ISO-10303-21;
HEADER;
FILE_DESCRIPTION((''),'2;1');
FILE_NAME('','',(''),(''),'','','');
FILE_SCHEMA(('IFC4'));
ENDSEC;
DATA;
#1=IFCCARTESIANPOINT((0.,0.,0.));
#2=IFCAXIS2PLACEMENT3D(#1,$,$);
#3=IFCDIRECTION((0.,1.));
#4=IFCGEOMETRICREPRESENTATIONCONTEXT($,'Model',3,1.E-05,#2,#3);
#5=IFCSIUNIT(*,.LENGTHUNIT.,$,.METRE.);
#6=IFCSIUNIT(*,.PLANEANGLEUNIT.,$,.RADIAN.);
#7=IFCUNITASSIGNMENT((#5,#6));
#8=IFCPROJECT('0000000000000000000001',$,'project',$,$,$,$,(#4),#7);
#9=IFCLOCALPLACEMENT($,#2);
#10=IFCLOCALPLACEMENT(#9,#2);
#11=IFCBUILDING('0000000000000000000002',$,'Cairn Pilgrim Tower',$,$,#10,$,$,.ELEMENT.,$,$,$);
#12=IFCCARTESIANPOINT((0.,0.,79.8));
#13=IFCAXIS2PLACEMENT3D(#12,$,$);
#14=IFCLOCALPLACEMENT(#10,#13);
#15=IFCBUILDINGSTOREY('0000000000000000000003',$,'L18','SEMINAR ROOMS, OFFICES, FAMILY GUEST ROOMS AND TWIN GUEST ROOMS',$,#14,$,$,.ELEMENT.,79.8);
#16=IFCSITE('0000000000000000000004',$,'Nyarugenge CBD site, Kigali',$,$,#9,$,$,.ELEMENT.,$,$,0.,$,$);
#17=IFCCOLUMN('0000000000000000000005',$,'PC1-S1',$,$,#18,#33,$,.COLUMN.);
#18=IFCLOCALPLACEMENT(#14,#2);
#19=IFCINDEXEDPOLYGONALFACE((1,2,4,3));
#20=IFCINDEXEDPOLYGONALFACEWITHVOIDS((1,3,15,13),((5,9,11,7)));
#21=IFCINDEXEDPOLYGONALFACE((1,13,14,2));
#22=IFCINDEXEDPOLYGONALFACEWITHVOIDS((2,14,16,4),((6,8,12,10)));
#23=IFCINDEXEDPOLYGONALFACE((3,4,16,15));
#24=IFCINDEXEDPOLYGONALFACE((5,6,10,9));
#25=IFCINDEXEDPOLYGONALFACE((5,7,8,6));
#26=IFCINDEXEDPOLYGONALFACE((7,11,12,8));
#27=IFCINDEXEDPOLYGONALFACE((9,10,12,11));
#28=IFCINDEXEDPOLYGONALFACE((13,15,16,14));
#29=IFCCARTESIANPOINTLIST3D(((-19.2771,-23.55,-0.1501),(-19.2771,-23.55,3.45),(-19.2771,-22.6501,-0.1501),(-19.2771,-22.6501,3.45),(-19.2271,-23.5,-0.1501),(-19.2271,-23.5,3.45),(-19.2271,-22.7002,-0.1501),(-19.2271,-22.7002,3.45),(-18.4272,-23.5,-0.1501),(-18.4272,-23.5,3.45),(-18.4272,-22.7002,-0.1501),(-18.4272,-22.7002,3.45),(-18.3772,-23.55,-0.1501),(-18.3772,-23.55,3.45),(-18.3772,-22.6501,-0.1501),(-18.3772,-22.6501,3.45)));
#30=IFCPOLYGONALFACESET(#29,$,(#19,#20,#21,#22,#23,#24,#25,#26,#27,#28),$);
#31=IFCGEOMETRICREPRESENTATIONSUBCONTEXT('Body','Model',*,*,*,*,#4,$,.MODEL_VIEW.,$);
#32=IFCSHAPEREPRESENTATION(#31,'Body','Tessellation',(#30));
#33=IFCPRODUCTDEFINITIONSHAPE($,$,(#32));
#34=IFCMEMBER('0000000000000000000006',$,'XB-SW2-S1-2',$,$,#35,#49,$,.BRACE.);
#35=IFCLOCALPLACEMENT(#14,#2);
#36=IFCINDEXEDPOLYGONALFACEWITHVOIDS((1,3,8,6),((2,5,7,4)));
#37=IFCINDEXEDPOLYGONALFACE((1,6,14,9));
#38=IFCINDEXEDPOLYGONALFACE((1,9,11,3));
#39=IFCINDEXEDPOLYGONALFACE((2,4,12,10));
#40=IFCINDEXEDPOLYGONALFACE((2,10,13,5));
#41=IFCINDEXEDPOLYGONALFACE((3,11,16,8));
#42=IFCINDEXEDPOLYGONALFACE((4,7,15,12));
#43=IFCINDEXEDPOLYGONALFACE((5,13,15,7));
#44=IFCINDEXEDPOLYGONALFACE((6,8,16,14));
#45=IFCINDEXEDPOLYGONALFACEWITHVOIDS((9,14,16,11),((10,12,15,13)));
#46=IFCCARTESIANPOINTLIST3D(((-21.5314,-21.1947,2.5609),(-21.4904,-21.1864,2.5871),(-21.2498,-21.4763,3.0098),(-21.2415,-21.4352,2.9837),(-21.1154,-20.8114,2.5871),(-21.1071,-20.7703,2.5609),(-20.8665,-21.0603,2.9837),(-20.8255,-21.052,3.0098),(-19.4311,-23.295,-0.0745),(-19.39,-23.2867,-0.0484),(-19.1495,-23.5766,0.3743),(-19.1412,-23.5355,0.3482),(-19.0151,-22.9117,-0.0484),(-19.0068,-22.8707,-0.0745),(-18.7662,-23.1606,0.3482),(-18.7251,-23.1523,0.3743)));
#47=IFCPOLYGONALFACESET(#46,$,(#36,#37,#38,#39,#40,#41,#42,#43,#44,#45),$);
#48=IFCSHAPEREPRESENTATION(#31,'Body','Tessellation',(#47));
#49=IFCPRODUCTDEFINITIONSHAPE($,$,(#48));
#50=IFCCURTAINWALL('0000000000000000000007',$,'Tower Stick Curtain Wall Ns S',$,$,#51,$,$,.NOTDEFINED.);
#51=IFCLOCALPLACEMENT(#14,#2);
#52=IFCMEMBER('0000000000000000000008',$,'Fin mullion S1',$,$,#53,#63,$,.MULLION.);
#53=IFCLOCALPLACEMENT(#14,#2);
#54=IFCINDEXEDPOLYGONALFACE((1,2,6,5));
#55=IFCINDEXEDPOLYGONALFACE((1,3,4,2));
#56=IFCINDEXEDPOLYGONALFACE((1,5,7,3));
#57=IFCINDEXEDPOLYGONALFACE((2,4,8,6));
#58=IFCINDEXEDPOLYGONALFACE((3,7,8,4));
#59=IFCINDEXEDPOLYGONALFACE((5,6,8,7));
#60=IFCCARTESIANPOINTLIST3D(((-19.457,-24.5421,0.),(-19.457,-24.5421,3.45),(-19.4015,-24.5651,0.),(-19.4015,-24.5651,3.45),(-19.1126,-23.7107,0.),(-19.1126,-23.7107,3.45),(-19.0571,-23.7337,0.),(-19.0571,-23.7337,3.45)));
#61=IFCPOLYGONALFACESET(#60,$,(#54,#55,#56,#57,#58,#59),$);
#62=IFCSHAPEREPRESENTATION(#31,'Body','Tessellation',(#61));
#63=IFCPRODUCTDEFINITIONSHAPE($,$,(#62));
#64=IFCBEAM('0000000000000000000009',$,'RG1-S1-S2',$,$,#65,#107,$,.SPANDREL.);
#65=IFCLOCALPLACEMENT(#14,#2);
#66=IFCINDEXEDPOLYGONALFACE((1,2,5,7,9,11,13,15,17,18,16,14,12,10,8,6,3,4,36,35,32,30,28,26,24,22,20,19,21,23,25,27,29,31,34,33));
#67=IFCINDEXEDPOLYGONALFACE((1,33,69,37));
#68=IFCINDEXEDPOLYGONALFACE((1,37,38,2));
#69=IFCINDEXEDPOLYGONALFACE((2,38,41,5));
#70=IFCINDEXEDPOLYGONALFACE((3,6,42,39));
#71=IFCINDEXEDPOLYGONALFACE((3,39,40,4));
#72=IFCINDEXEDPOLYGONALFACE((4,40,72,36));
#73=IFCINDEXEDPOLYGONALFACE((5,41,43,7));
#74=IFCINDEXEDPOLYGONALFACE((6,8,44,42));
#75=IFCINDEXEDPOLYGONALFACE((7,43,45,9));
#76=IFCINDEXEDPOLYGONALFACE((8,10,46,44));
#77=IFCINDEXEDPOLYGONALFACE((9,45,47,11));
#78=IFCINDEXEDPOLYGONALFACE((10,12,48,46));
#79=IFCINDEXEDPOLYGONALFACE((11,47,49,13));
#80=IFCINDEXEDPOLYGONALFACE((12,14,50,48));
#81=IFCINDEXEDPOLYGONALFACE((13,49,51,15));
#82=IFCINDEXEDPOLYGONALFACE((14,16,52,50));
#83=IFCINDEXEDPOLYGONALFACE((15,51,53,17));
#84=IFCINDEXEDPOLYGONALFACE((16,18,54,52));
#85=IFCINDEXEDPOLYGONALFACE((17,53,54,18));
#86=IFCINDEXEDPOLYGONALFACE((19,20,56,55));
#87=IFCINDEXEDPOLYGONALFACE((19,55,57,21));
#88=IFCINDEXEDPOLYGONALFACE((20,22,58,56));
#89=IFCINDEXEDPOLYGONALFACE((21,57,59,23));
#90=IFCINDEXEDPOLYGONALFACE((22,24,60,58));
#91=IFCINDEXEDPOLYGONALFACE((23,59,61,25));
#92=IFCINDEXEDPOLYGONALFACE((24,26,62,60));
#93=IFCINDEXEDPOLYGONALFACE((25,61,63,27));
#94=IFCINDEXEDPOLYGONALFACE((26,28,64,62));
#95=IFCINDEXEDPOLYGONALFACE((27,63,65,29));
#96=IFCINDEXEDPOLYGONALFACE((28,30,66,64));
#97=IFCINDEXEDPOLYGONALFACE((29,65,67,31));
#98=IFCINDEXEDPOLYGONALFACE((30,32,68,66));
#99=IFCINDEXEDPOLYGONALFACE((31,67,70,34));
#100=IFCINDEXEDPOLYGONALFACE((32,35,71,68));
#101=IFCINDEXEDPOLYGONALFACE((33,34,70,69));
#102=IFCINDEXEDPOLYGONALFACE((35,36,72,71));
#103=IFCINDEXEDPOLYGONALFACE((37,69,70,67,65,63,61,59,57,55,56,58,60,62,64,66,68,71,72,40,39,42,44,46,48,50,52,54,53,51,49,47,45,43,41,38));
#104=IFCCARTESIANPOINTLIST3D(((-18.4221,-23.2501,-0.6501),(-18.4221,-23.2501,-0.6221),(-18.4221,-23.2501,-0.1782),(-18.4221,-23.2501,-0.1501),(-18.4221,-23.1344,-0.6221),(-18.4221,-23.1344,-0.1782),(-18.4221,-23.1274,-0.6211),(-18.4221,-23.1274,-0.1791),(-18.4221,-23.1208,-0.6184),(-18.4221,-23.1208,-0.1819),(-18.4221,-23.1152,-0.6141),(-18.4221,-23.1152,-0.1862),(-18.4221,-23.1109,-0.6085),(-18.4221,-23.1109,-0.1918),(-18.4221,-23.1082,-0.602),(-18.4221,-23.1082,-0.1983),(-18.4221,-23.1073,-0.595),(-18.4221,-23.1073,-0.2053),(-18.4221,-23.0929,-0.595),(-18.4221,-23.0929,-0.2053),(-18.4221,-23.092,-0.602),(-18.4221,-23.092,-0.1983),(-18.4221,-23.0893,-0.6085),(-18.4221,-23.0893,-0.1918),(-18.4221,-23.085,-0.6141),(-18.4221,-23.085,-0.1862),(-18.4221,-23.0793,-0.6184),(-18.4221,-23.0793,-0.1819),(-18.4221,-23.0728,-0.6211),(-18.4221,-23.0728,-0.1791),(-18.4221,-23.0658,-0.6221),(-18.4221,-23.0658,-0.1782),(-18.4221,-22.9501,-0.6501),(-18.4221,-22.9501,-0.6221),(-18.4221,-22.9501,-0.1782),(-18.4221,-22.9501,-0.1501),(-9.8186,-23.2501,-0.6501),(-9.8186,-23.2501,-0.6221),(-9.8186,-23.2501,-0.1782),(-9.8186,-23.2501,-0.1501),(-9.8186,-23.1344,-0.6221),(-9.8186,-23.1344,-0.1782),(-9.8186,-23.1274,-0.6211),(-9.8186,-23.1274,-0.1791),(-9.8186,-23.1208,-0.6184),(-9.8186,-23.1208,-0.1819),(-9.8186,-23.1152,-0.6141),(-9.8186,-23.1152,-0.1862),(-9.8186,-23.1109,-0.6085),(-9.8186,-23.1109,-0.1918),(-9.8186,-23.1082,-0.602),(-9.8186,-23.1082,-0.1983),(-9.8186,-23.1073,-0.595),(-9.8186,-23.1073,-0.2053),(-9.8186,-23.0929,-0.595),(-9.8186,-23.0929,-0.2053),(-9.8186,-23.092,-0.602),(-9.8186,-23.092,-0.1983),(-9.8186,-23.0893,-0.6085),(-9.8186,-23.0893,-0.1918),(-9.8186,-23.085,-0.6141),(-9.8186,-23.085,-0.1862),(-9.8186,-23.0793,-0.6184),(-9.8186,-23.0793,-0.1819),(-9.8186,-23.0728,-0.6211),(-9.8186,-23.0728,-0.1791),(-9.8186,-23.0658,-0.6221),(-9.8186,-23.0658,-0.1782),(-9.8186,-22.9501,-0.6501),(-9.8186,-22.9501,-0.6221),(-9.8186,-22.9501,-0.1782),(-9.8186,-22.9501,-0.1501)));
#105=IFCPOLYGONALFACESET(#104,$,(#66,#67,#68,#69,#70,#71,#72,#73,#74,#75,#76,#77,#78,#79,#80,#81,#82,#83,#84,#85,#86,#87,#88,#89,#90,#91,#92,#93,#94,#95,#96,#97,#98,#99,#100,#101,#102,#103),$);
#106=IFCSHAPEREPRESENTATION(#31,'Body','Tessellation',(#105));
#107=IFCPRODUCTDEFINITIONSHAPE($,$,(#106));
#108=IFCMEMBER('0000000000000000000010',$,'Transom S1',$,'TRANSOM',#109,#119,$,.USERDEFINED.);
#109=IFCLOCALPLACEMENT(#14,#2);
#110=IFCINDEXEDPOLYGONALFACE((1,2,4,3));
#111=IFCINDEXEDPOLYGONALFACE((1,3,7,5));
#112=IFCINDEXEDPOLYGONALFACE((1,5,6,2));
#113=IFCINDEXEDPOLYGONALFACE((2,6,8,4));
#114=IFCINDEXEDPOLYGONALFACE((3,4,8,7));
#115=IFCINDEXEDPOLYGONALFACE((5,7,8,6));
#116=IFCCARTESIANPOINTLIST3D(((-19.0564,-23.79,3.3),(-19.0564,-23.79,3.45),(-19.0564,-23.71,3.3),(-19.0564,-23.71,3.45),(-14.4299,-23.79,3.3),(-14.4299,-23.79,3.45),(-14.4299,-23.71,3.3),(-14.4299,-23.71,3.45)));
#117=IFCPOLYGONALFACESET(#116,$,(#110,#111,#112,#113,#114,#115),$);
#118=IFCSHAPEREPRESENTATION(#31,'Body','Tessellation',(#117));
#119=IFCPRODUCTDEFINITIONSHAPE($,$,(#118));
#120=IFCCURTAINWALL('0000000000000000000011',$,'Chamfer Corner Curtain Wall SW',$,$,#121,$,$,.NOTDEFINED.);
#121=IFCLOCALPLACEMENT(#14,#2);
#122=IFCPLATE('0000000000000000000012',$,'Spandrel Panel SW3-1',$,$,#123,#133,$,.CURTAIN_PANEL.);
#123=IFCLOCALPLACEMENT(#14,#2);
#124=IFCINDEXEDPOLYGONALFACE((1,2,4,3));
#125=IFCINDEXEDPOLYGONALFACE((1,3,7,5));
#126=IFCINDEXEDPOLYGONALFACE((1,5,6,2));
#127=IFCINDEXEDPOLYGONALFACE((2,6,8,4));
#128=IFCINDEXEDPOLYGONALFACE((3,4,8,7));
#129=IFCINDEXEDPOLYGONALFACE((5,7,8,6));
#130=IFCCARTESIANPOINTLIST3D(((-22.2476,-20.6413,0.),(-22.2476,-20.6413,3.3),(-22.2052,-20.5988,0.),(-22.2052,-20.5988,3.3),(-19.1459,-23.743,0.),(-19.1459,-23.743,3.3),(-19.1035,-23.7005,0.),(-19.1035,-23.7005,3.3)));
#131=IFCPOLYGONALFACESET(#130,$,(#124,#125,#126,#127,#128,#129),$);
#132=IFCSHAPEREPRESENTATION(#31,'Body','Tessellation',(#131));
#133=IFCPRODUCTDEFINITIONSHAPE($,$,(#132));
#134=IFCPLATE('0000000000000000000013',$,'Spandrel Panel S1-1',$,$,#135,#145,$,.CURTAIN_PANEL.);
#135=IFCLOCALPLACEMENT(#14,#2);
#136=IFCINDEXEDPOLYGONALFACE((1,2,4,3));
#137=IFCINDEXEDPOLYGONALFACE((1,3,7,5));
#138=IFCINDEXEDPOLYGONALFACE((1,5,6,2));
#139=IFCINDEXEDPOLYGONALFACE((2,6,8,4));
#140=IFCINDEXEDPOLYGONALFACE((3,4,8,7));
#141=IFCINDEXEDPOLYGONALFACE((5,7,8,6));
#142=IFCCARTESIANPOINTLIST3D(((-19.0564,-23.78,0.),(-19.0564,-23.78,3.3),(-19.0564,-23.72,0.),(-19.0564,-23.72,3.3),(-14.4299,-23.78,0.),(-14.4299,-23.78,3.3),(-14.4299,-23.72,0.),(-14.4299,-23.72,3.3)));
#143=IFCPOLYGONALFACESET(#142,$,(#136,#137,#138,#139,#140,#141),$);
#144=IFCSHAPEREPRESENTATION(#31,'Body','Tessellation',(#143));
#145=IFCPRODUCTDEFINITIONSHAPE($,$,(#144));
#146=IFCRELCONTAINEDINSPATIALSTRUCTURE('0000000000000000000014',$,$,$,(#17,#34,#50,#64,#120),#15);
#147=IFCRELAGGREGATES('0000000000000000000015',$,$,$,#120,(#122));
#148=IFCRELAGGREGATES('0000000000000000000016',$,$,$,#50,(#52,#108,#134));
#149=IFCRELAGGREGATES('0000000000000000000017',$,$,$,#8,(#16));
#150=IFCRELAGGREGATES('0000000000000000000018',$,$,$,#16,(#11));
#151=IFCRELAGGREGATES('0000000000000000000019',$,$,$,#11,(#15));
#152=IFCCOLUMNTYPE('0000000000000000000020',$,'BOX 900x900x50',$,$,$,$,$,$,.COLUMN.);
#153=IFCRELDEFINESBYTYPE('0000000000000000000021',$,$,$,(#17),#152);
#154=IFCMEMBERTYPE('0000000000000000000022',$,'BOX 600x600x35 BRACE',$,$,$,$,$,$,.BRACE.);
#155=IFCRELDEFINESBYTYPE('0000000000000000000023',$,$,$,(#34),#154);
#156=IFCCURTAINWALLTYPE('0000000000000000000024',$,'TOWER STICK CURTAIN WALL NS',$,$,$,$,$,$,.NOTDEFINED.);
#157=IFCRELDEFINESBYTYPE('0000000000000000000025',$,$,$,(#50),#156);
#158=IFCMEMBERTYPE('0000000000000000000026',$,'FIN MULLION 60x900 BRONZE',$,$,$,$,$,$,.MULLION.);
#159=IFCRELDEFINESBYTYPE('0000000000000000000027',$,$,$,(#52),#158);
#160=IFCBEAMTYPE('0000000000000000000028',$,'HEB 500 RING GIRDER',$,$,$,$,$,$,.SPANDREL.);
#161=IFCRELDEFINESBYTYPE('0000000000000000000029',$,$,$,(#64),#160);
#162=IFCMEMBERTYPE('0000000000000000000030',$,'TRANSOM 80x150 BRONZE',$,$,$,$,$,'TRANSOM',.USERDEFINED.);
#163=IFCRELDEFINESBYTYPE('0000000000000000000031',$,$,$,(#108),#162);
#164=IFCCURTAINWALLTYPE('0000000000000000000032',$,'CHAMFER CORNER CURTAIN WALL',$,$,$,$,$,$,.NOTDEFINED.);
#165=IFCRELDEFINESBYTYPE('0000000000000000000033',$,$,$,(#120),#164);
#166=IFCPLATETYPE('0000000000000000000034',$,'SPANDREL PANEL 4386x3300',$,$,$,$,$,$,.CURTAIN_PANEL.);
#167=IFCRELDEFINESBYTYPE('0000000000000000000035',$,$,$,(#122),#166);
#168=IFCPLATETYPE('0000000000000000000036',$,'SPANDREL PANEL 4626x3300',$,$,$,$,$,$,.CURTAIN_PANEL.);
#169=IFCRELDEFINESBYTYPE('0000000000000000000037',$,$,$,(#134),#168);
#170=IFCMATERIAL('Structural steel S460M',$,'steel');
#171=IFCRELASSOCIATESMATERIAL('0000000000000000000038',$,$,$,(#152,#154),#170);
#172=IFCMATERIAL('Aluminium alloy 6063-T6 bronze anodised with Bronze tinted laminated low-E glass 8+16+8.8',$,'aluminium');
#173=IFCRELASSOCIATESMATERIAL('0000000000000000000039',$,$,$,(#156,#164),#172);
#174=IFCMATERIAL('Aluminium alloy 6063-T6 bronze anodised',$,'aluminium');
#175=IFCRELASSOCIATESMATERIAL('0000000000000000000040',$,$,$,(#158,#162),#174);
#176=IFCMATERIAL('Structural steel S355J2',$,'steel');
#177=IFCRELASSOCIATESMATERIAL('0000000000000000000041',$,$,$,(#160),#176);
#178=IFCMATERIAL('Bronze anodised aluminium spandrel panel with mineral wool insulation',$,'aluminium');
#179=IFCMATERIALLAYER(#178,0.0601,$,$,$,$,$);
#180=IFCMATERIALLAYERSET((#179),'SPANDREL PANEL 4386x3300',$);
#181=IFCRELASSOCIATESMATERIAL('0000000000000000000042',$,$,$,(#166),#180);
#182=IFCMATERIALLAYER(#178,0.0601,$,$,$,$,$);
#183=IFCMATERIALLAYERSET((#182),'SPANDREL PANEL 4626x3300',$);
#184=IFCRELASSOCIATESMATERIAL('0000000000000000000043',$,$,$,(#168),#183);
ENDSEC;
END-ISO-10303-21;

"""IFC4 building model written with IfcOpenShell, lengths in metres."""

from ifc_helpers import new_model, si_unit, direction, frame, origin, origin_2d, place, context, subcontext, project, spatial, rectangle, hollow_rectangle, i_section, extrude, material, layer, layer_set, material_profile, profile_set, type_object, element, aggregate, save


model = new_model("IFC4")

# Units and contexts
model_context = context("Model", 3, precision=1e-05, world=origin(), true_north=direction((0.0, 1.0)))
body_context = subcontext(model_context, "Body", "Model", "MODEL_VIEW")
ifc_project = project(units=[si_unit("LENGTHUNIT", "METRE"), si_unit("PLANEANGLEUNIT", "RADIAN")], contexts=[model_context])

# Site, building, storey
site_placement = place(None, origin())
site = spatial("IfcSite", under=ifc_project, at=site_placement, Name="Nyarugenge CBD site, Kigali", CompositionType="ELEMENT", RefElevation=0.0)
building_placement = place(site_placement, origin())
building = spatial("IfcBuilding", under=site, at=building_placement, Name="Cairn Pilgrim Tower", CompositionType="ELEMENT")
storey_placement = place(building_placement, frame((0.0, 0.0, 79.8)))
storey = spatial("IfcBuildingStorey", under=building, at=storey_placement, Name="L18", Description="SEMINAR ROOMS, OFFICES, FAMILY GUEST ROOMS AND TWIN GUEST ROOMS", CompositionType="ELEMENT", Elevation=79.8)

# Column
ifc_material_1 = material(Name="Structural steel S460M", Category="steel")
ifc_material_profile_1 = material_profile(ifc_material_1, hollow_rectangle(XDim=0.8999, YDim=0.8999, WallThickness=0.05, at=origin_2d()), Name="BOX 900x900x50")
ifc_profile_set_1 = profile_set([ifc_material_profile_1], Name="Structural steel S460M")
column_type = type_object("IfcColumnType", Name="BOX 900x900x50", PredefinedType="COLUMN", material=ifc_profile_set_1)
column_placement = place(storey_placement, frame((-18.8271, -23.1001, -0.1501), z_axis=(0.0, 0.0, 1.0), x_axis=(1.0, 0.0, 0.0)))
element("IfcColumn", 1, at=column_placement, inside=storey, type_object=column_type, Name="PC1-S1", PredefinedType="COLUMN", context=body_context, shape_type="SweptSolid", body=[
    extrude(hollow_rectangle(XDim=0.8999, YDim=0.8999, WallThickness=0.05, at=origin_2d()), origin(), (0.0, 0.0, 1.0), 3.6001),
])

# Member
ifc_material_profile_2 = material_profile(ifc_material_1, hollow_rectangle(XDim=0.6001, YDim=0.6001, WallThickness=0.0349, at=origin_2d()), Name="BOX 600x600x35")
ifc_profile_set_2 = profile_set([ifc_material_profile_2], Name="Structural steel S460M")
member_type_1 = type_object("IfcMemberType", Name="BOX 600x600x35 BRACE", PredefinedType="BRACE", material=ifc_profile_set_2)
member_1_placement = place(storey_placement, frame((-19.0781, -23.2236, 0.1499), z_axis=(-0.528922, 0.528922, 0.663689), x_axis=(-0.707107, -0.707107, 0.0)))
element("IfcMember", 2, at=member_1_placement, inside=storey, type_object=member_type_1, Name="XB-SW2-S1-2", PredefinedType="BRACE", context=body_context, shape_type="SweptSolid", body=[
    extrude(hollow_rectangle(XDim=0.6001, YDim=0.6001, WallThickness=0.0349, at=origin_2d()), origin(), (0.0, 0.0, 1.0), 3.9709),
])

# Curtain wall, member
ifc_material_2 = material(Name="Aluminium alloy 6063-T6 bronze anodised with Bronze tinted laminated low-E glass 8+16+8.8", Category="aluminium")
curtain_wall_type_1 = type_object("IfcCurtainWallType", Name="TOWER STICK CURTAIN WALL NS", PredefinedType="NOTDEFINED", material=ifc_material_2)
curtain_wall_1_placement = place(storey_placement, origin())
curtain_wall_1 = element("IfcCurtainWall", 3, at=curtain_wall_1_placement, inside=storey, type_object=curtain_wall_type_1, Name="Tower Stick Curtain Wall Ns S", PredefinedType="NOTDEFINED")
ifc_material_3 = material(Name="Aluminium alloy 6063-T6 bronze anodised", Category="aluminium")
ifc_material_profile_3 = material_profile(ifc_material_3, rectangle(XDim=0.8999, YDim=0.0601, at=origin_2d()), Name="FIN MULLION 60x900 BRONZE")
ifc_profile_set_3 = profile_set([ifc_material_profile_3], Name="Aluminium alloy 6063-T6 bronze anodised")
member_type_2 = type_object("IfcMemberType", Name="FIN MULLION 60x900 BRONZE", PredefinedType="MULLION", material=ifc_profile_set_3)
member_2_placement = place(storey_placement, frame((-19.2571, -24.1379, 0.0), z_axis=(0.0, 0.0, 1.0), x_axis=(-0.382683, -0.92388, 0.0)))
member_2 = element("IfcMember", 4, at=member_2_placement, type_object=member_type_2, Name="Fin mullion S1", PredefinedType="MULLION", context=body_context, shape_type="SweptSolid", body=[
    extrude(rectangle(XDim=0.8999, YDim=0.0601, at=origin_2d()), origin(), (0.0, 0.0, 1.0), 3.45),
])

# Beam
ifc_material_4 = material(Name="Structural steel S355J2", Category="steel")
ifc_material_profile_4 = material_profile(ifc_material_4, i_section(OverallWidth=0.3, OverallDepth=0.5, WebThickness=0.0144, FlangeThickness=0.0281, FilletRadius=0.0271, at=origin_2d()), Name="HEB 500")
ifc_profile_set_4 = profile_set([ifc_material_profile_4], Name="Structural steel S355J2")
beam_type = type_object("IfcBeamType", Name="HEB 500 RING GIRDER", PredefinedType="SPANDREL", material=ifc_profile_set_4)
beam_placement = place(storey_placement, frame((-18.4221, -23.1001, -0.4001), z_axis=(1.0, 0.0, 0.0), x_axis=(0.0, 1.0, 0.0)))
element("IfcBeam", 5, at=beam_placement, inside=storey, type_object=beam_type, Name="RG1-S1-S2", PredefinedType="SPANDREL", context=body_context, shape_type="SweptSolid", body=[
    extrude(i_section(OverallWidth=0.3, OverallDepth=0.5, WebThickness=0.0144, FlangeThickness=0.0281, FilletRadius=0.0271, at=origin_2d()), origin(), (0.0, 0.0, 1.0), 8.6035),
])

# Member
ifc_material_profile_5 = material_profile(ifc_material_3, rectangle(XDim=0.0801, YDim=0.1499, at=origin_2d()), Name="TRANSOM 80x150 BRONZE")
ifc_profile_set_5 = profile_set([ifc_material_profile_5], Name="Aluminium alloy 6063-T6 bronze anodised")
member_type_3 = type_object("IfcMemberType", Name="TRANSOM 80x150 BRONZE", ElementType="TRANSOM", PredefinedType="USERDEFINED", material=ifc_profile_set_5)
member_3_placement = place(storey_placement, frame((-19.0564, -23.75, 3.375), z_axis=(1.0, 0.0, 0.0), x_axis=(0.0, 1.0, 0.0)))
member_3 = element("IfcMember", 6, at=member_3_placement, type_object=member_type_3, Name="Transom S1", ObjectType="TRANSOM", PredefinedType="USERDEFINED", context=body_context, shape_type="SweptSolid", body=[
    extrude(rectangle(XDim=0.0801, YDim=0.1499, at=origin_2d()), origin(), (0.0, 0.0, 1.0), 4.6265),
])

# Curtain wall, plate
curtain_wall_type_2 = type_object("IfcCurtainWallType", Name="CHAMFER CORNER CURTAIN WALL", PredefinedType="NOTDEFINED", material=ifc_material_2)
curtain_wall_2_placement = place(storey_placement, origin())
curtain_wall_2 = element("IfcCurtainWall", 7, at=curtain_wall_2_placement, inside=storey, type_object=curtain_wall_type_2, Name="Chamfer Corner Curtain Wall SW", PredefinedType="NOTDEFINED")
ifc_material_5 = material(Name="Bronze anodised aluminium spandrel panel with mineral wool insulation", Category="aluminium")
ifc_layer_1 = layer(ifc_material_5, 0.0601)
ifc_layer_set_1 = layer_set([ifc_layer_1], Name="SPANDREL PANEL 4386x3300")
plate_type_1 = type_object("IfcPlateType", Name="SPANDREL PANEL 4386x3300", PredefinedType="CURTAIN_PANEL", material=ifc_layer_set_1)
plate_1_placement = place(storey_placement, frame((-20.6755, -22.1709, 0.0), z_axis=(0.0, 0.0, 1.0), x_axis=(0.707107, -0.707107, 0.0)))
plate_1 = element("IfcPlate", 8, at=plate_1_placement, type_object=plate_type_1, Name="Spandrel Panel SW3-1", PredefinedType="CURTAIN_PANEL", context=body_context, shape_type="SweptSolid", body=[
    extrude(rectangle(XDim=4.3865, YDim=0.0601, at=origin_2d()), origin(), (0.0, 0.0, 1.0), 3.3),
])
aggregate(curtain_wall_2, [plate_1])

# Plate
ifc_layer_2 = layer(ifc_material_5, 0.0601)
ifc_layer_set_2 = layer_set([ifc_layer_2], Name="SPANDREL PANEL 4626x3300")
plate_type_2 = type_object("IfcPlateType", Name="SPANDREL PANEL 4626x3300", PredefinedType="CURTAIN_PANEL", material=ifc_layer_set_2)
plate_2_placement = place(storey_placement, frame((-16.7432, -23.75, 0.0), z_axis=(0.0, 0.0, 1.0), x_axis=(1.0, 0.0, 0.0)))
plate_2 = element("IfcPlate", 9, at=plate_2_placement, type_object=plate_type_2, Name="Spandrel Panel S1-1", PredefinedType="CURTAIN_PANEL", context=body_context, shape_type="SweptSolid", body=[
    extrude(rectangle(XDim=4.6265, YDim=0.0601, at=origin_2d()), origin(), (0.0, 0.0, 1.0), 3.3),
])
aggregate(curtain_wall_1, [member_2, member_3, plate_2])

save(model, "model.ifc")
